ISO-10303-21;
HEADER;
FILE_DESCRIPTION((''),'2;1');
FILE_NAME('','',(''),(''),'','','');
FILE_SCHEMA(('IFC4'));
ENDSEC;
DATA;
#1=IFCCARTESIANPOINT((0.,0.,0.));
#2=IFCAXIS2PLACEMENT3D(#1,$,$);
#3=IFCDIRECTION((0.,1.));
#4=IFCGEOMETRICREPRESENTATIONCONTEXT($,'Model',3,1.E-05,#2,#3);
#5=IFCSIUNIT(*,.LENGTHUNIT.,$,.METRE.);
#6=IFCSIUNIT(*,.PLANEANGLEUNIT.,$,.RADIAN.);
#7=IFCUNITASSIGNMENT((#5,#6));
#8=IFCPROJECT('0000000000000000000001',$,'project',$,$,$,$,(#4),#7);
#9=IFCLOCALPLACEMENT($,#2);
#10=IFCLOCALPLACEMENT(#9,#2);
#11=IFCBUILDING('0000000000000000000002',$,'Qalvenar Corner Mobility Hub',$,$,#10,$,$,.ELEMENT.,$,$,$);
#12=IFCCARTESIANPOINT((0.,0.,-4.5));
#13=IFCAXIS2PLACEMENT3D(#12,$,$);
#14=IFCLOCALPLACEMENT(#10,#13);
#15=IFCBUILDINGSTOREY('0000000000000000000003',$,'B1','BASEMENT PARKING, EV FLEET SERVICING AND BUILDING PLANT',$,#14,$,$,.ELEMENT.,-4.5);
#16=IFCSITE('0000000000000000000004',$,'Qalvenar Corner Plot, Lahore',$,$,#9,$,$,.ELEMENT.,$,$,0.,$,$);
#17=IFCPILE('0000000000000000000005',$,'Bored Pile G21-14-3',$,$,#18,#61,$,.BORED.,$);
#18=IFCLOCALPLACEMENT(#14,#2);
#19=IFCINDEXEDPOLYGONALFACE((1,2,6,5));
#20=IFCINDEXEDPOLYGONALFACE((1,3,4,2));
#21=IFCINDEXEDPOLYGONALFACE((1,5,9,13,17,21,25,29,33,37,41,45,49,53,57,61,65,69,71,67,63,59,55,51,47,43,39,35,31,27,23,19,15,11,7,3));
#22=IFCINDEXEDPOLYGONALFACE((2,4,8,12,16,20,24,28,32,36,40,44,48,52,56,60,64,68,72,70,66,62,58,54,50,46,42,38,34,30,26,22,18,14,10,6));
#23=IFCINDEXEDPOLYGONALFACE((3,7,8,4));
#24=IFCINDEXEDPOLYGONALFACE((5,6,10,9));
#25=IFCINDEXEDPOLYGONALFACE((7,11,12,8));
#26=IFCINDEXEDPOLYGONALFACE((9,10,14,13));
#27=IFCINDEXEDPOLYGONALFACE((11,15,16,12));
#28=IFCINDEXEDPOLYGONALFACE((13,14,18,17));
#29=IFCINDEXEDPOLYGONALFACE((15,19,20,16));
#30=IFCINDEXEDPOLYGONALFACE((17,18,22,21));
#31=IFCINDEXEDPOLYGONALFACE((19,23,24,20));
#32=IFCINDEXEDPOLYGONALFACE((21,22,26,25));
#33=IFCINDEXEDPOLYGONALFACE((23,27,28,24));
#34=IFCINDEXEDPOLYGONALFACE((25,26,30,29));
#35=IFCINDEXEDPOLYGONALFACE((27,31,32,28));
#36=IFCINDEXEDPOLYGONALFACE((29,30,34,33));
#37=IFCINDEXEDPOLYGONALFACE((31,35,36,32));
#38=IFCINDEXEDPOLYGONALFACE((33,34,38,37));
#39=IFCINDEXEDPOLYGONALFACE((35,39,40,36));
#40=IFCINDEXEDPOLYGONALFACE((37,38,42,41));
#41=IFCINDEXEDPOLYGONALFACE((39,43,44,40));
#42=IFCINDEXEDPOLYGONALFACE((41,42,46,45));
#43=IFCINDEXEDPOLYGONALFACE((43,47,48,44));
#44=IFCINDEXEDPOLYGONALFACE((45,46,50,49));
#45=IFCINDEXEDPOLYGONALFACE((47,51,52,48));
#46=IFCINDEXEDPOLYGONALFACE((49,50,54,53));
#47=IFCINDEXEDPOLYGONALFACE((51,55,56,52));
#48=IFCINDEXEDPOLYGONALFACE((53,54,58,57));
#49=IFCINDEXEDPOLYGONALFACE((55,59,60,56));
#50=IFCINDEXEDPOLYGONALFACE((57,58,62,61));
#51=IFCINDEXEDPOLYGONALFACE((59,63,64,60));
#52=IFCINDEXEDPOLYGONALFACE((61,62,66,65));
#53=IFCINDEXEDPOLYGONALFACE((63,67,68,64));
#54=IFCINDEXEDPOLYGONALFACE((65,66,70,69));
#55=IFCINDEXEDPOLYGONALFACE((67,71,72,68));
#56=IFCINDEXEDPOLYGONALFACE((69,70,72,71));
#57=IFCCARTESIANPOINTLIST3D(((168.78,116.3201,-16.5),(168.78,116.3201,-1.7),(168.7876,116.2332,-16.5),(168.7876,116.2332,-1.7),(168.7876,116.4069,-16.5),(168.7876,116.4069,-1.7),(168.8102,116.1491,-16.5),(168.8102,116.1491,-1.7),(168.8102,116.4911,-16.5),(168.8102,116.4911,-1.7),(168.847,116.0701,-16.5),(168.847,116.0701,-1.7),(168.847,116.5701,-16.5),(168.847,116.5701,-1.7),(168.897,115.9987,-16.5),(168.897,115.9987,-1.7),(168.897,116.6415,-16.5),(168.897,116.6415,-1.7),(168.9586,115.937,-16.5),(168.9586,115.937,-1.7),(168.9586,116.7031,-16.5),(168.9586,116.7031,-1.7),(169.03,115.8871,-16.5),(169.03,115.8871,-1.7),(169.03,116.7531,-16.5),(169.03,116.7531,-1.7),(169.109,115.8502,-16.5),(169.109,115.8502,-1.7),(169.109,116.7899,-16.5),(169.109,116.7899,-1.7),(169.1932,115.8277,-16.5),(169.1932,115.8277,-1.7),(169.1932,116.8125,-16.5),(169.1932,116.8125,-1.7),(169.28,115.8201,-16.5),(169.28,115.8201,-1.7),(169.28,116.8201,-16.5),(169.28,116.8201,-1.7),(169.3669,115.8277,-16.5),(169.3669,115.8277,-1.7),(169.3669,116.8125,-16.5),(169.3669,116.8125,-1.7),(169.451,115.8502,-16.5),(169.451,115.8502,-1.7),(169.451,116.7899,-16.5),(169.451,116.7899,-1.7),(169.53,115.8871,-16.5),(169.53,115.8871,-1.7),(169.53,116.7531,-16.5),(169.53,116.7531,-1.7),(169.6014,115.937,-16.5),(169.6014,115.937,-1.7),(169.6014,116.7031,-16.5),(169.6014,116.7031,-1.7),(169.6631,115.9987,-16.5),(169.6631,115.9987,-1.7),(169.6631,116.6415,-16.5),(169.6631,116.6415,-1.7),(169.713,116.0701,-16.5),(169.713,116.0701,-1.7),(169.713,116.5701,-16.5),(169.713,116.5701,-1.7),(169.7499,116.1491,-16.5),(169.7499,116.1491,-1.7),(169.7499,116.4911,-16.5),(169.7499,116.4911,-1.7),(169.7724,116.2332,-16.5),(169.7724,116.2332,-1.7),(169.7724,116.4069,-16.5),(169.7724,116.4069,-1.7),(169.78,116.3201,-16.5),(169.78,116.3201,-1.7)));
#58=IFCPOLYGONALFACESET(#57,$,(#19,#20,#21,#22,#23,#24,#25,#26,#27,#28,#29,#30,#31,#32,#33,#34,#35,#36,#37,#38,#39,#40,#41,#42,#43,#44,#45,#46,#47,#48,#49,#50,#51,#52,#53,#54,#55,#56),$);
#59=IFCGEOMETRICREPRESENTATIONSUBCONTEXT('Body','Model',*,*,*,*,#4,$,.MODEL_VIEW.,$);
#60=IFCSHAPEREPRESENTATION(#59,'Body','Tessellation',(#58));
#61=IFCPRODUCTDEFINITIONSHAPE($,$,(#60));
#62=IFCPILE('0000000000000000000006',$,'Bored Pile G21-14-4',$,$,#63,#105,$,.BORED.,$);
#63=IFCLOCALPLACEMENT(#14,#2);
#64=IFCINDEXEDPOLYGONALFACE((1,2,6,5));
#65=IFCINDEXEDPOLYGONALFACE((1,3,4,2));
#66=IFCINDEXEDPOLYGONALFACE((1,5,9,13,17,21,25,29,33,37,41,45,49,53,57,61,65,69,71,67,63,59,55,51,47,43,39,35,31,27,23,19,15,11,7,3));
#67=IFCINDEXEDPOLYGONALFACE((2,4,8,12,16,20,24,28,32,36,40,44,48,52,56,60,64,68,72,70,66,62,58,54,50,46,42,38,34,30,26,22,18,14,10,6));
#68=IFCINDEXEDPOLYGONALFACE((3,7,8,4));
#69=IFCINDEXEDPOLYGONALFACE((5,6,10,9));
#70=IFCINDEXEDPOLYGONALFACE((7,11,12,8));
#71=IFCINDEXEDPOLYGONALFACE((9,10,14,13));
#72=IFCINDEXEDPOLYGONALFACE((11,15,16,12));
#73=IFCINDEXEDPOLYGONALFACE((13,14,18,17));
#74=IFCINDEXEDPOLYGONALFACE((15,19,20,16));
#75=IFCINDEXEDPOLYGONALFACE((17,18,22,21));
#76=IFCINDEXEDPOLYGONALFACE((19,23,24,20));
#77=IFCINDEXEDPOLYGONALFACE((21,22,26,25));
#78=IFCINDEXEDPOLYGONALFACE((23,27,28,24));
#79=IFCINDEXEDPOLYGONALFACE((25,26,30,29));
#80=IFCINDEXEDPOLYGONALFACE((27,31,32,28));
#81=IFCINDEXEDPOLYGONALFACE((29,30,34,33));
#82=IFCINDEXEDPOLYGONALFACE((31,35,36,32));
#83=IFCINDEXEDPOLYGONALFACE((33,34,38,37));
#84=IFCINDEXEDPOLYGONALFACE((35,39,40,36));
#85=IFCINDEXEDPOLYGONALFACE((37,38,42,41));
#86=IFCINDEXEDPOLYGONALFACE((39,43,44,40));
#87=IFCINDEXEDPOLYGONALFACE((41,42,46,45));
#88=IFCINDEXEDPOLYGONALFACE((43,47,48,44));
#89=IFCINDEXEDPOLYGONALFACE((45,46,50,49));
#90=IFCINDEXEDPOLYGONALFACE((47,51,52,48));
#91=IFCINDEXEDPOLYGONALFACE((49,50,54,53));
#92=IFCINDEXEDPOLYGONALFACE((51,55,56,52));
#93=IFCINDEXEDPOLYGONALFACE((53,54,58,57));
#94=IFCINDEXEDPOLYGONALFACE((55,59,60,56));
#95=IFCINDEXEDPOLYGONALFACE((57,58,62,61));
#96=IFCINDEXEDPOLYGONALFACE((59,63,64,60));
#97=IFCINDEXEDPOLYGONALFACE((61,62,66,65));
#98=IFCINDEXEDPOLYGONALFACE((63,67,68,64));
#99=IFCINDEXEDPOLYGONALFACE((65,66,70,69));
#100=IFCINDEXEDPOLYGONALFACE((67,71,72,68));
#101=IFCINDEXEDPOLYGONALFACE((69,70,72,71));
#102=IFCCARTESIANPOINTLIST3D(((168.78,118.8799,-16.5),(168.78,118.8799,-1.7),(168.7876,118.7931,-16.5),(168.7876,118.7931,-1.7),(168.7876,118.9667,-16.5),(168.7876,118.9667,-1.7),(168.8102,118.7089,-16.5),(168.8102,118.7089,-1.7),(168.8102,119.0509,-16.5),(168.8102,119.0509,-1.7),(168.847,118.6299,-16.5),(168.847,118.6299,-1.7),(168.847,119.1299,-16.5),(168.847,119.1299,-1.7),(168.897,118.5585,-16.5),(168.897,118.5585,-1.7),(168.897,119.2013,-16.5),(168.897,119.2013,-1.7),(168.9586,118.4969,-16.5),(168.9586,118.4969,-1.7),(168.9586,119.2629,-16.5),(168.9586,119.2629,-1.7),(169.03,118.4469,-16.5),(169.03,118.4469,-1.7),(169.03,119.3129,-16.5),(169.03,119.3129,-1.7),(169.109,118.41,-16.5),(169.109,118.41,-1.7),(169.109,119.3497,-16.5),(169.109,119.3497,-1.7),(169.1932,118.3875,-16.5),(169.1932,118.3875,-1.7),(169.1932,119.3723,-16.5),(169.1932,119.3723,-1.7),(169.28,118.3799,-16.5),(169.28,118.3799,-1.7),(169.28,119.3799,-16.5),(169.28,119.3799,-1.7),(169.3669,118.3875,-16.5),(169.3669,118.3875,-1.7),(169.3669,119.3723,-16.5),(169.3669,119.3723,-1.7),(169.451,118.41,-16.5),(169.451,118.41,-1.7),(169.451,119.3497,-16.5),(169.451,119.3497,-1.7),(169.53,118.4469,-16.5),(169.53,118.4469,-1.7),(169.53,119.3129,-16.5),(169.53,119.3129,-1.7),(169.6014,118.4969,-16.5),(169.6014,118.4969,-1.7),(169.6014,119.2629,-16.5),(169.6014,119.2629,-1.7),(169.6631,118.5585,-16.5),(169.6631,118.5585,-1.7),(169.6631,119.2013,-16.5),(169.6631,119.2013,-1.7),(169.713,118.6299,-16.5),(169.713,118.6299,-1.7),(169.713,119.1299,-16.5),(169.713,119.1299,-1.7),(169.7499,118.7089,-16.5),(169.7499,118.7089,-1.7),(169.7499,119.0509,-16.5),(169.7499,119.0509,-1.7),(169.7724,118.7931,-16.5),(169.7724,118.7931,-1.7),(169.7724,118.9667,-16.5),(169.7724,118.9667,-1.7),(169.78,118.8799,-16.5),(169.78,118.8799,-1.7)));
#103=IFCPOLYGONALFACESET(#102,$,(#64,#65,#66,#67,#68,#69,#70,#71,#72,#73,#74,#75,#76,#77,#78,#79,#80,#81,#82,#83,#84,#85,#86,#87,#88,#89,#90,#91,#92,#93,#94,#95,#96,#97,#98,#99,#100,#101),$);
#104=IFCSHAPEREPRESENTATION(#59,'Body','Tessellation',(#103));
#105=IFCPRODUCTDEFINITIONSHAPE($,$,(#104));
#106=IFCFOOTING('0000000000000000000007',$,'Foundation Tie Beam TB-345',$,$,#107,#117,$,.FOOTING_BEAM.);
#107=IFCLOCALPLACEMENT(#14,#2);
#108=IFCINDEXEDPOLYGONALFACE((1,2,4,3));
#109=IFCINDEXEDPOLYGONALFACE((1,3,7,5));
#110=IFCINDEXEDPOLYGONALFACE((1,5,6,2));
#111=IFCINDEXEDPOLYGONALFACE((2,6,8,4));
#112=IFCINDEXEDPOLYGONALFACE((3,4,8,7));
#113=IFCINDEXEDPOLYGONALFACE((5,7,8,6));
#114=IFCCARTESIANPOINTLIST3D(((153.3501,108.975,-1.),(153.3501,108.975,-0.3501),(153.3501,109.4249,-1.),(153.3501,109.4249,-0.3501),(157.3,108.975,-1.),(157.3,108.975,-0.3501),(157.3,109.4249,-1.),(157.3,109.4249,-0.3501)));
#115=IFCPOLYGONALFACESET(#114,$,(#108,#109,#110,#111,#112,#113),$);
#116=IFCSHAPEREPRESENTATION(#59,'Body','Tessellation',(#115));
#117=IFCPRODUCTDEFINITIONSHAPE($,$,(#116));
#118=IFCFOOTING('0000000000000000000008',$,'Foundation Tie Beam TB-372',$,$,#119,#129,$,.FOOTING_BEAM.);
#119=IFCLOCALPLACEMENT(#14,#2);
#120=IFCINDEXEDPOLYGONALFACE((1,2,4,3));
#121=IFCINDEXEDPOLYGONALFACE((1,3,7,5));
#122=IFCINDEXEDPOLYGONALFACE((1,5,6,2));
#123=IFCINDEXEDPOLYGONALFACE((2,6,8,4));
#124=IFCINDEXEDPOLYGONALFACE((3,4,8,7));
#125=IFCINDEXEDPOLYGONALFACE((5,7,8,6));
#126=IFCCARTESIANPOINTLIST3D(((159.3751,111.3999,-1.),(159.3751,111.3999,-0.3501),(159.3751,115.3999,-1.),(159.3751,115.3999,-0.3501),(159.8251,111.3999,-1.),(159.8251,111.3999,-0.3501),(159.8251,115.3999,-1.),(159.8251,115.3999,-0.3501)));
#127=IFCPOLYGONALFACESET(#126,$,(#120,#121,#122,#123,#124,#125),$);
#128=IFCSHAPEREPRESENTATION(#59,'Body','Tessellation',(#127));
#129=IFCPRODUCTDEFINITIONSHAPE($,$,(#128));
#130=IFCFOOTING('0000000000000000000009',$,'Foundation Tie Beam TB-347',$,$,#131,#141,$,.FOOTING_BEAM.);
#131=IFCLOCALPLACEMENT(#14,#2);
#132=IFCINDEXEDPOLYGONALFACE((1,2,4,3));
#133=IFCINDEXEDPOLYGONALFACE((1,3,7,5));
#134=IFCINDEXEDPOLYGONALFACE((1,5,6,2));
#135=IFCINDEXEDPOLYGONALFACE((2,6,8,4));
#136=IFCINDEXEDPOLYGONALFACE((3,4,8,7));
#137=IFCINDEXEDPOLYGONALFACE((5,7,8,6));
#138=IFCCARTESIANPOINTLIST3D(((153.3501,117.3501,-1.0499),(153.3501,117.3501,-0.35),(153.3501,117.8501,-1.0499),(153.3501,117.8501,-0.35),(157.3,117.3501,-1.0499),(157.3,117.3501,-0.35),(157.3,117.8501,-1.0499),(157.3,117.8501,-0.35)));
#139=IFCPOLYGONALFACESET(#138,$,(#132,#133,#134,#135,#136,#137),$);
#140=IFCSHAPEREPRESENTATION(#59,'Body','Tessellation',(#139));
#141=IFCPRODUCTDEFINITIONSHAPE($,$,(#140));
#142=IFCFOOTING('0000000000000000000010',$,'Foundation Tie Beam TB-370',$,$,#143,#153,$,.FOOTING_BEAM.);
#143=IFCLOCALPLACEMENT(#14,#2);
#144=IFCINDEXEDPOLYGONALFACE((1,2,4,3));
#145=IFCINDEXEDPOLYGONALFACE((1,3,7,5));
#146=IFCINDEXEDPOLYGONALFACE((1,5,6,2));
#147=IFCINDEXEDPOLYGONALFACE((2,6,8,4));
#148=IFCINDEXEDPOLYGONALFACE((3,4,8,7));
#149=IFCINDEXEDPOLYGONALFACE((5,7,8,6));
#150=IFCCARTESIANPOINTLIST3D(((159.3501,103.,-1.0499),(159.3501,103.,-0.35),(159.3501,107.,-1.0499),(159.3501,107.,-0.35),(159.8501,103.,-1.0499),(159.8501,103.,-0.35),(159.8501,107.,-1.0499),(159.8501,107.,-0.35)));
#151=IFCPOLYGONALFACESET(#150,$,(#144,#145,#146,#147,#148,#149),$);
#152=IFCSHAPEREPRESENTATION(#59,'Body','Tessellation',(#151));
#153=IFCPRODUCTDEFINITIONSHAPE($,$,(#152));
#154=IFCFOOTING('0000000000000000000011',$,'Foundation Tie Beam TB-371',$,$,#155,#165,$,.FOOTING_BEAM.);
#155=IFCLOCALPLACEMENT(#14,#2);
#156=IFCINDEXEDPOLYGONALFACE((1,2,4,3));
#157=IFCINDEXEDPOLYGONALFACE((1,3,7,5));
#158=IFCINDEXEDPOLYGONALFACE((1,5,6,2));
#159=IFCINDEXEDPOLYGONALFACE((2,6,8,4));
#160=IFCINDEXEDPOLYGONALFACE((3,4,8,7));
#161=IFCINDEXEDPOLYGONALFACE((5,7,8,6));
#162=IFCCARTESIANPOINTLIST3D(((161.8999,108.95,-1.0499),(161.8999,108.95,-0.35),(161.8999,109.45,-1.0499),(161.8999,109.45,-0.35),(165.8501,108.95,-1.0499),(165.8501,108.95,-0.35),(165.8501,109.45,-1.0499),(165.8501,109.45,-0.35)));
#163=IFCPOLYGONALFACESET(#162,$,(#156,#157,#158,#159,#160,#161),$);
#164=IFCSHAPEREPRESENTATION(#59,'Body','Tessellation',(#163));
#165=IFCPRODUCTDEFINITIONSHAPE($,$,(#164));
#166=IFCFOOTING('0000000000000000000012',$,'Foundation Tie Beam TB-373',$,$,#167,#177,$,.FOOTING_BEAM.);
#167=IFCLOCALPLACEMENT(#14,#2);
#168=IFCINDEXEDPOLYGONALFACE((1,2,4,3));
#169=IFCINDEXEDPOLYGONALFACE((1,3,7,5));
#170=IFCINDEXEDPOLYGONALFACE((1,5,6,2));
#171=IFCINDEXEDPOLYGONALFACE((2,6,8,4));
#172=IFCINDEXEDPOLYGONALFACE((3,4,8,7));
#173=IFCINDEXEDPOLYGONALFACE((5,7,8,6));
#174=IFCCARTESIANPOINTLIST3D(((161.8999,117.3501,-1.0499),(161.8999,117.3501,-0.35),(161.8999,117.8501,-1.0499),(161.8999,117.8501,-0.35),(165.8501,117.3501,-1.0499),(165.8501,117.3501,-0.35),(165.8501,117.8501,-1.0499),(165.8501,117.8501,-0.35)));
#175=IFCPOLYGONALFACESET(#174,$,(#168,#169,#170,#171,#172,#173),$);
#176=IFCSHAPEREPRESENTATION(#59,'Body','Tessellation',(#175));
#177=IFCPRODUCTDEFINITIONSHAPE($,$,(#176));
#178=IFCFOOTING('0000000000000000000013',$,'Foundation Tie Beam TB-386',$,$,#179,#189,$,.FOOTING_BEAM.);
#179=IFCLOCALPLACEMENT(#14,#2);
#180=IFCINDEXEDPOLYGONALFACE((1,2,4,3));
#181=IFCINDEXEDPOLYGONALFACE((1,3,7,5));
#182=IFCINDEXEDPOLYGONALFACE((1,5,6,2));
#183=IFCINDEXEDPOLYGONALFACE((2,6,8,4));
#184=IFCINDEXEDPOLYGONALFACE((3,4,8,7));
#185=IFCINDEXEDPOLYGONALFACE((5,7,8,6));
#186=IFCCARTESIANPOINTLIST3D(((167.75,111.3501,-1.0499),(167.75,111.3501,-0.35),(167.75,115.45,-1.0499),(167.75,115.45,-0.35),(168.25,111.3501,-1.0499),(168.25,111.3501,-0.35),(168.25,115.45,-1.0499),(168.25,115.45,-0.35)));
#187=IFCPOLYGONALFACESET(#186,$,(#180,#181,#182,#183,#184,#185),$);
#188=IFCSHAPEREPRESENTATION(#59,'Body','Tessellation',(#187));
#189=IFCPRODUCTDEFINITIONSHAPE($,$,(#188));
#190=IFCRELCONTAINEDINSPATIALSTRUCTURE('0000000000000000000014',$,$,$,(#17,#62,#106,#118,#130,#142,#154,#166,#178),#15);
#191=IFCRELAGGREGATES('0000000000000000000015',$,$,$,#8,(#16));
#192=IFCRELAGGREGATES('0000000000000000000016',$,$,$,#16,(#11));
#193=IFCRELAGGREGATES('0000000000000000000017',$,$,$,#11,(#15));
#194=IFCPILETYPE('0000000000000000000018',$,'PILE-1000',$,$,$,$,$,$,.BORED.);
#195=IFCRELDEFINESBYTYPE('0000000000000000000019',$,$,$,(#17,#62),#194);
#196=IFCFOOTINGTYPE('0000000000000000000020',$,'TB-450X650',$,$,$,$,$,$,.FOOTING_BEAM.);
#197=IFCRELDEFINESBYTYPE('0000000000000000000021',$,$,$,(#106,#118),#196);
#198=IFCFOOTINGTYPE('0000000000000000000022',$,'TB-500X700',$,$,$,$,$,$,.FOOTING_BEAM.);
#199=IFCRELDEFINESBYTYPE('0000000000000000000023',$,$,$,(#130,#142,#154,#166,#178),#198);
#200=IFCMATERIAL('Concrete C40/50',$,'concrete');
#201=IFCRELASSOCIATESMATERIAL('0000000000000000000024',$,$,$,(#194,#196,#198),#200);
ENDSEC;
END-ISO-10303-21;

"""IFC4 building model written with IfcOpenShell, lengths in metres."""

from ifc_helpers import new_model, si_unit, direction, frame, origin, origin_2d, place, context, subcontext, project, spatial, rectangle, circle, extrude, material, material_profile, profile_set, type_object, element, save


model = new_model("IFC4")

# Units and contexts
model_context = context("Model", 3, precision=1e-05, world=origin(), true_north=direction((0.0, 1.0)))
body_context = subcontext(model_context, "Body", "Model", "MODEL_VIEW")
ifc_project = project(units=[si_unit("LENGTHUNIT", "METRE"), si_unit("PLANEANGLEUNIT", "RADIAN")], contexts=[model_context])

# Site, building, storey
site_placement = place(None, origin())
site = spatial("IfcSite", under=ifc_project, at=site_placement, Name="Qalvenar Corner Plot, Lahore", CompositionType="ELEMENT", RefElevation=0.0)
building_placement = place(site_placement, origin())
building = spatial("IfcBuilding", under=site, at=building_placement, Name="Qalvenar Corner Mobility Hub", CompositionType="ELEMENT")
storey_placement = place(building_placement, frame((0.0, 0.0, -4.5)))
storey = spatial("IfcBuildingStorey", under=building, at=storey_placement, Name="B1", Description="BASEMENT PARKING, EV FLEET SERVICING AND BUILDING PLANT", CompositionType="ELEMENT", Elevation=-4.5)

# Shared definitions
ifc_material_1 = material(Name="Concrete C40/50", Category="concrete")

# Piles
ifc_material_profile_1 = material_profile(ifc_material_1, circle(Radius=0.5, at=origin_2d()), Name="DIA1000")
ifc_profile_set_1 = profile_set([ifc_material_profile_1], Name="Concrete C40/50")
pile_type = type_object("IfcPileType", Name="PILE-1000", PredefinedType="BORED", material=ifc_profile_set_1)
for number, where, z_axis, x_axis, name in (
    (1, (169.28, 116.3201, -1.7), (0.0, 0.0, -1.0), (1.0, 0.0, 0.0), "Bored Pile G21-14-3"),
    (2, (169.28, 118.8799, -1.7), (0.0, 0.0, -1.0), (1.0, 0.0, 0.0), "Bored Pile G21-14-4"),
):
    element("IfcPile", number, at=place(storey_placement, frame(where, z_axis=z_axis, x_axis=x_axis)), inside=storey, type_object=pile_type, Name=name, PredefinedType="BORED", context=body_context, shape_type="SweptSolid", body=[
        extrude(circle(Radius=0.5, at=origin_2d()), origin(), (0.0, 0.0, 1.0), 14.8),
    ])

# Footings
ifc_material_profile_2 = material_profile(ifc_material_1, rectangle(XDim=0.45, YDim=0.6499, at=origin_2d()), Name="RC450x650")
ifc_profile_set_2 = profile_set([ifc_material_profile_2], Name="Concrete C40/50")
footing_type_1 = type_object("IfcFootingType", Name="TB-450X650", PredefinedType="FOOTING_BEAM", material=ifc_profile_set_2)
footing_1_placement = place(storey_placement, frame((153.3501, 109.2, -0.675), z_axis=(1.0, 0.0, 0.0), x_axis=(0.0, 1.0, 0.0)))
element("IfcFooting", 3, at=footing_1_placement, inside=storey, type_object=footing_type_1, Name="Foundation Tie Beam TB-345", PredefinedType="FOOTING_BEAM", context=body_context, shape_type="SweptSolid", body=[
    extrude(rectangle(XDim=0.45, YDim=0.6499, at=origin_2d()), origin(), (0.0, 0.0, 1.0), 3.95),
])
footing_2_placement = place(storey_placement, frame((159.6001, 111.3999, -0.675), z_axis=(0.0, 1.0, 0.0), x_axis=(-1.0, 0.0, 0.0)))
element("IfcFooting", 4, at=footing_2_placement, inside=storey, type_object=footing_type_1, Name="Foundation Tie Beam TB-372", PredefinedType="FOOTING_BEAM", context=body_context, shape_type="SweptSolid", body=[
    extrude(rectangle(XDim=0.45, YDim=0.6499, at=origin_2d()), origin(), (0.0, 0.0, 1.0), 4.0),
])
ifc_material_profile_3 = material_profile(ifc_material_1, rectangle(XDim=0.5, YDim=0.7, at=origin_2d()), Name="RC500x700")
ifc_profile_set_3 = profile_set([ifc_material_profile_3], Name="Concrete C40/50")
footing_type_2 = type_object("IfcFootingType", Name="TB-500X700", PredefinedType="FOOTING_BEAM", material=ifc_profile_set_3)
footing_3_placement = place(storey_placement, frame((153.3501, 117.6001, -0.7), z_axis=(1.0, 0.0, 0.0), x_axis=(0.0, 1.0, 0.0)))
element("IfcFooting", 5, at=footing_3_placement, inside=storey, type_object=footing_type_2, Name="Foundation Tie Beam TB-347", PredefinedType="FOOTING_BEAM", context=body_context, shape_type="SweptSolid", body=[
    extrude(rectangle(XDim=0.5, YDim=0.7, at=origin_2d()), origin(), (0.0, 0.0, 1.0), 3.95),
])
footing_4_placement = place(storey_placement, frame((159.6001, 103.0, -0.7), z_axis=(0.0, 1.0, 0.0), x_axis=(-1.0, 0.0, 0.0)))
element("IfcFooting", 6, at=footing_4_placement, inside=storey, type_object=footing_type_2, Name="Foundation Tie Beam TB-370", PredefinedType="FOOTING_BEAM", context=body_context, shape_type="SweptSolid", body=[
    extrude(rectangle(XDim=0.5, YDim=0.7, at=origin_2d()), origin(), (0.0, 0.0, 1.0), 4.0),
])
for number, where, z_axis, x_axis, name in (
    (7, (161.8999, 109.2, -0.7), (1.0, 0.0, 0.0), (0.0, 1.0, 0.0), "Foundation Tie Beam TB-371"),
    (8, (161.8999, 117.6001, -0.7), (1.0, 0.0, 0.0), (0.0, 1.0, 0.0), "Foundation Tie Beam TB-373"),
):
    element("IfcFooting", number, at=place(storey_placement, frame(where, z_axis=z_axis, x_axis=x_axis)), inside=storey, type_object=footing_type_2, Name=name, PredefinedType="FOOTING_BEAM", context=body_context, shape_type="SweptSolid", body=[
        extrude(rectangle(XDim=0.5, YDim=0.7, at=origin_2d()), origin(), (0.0, 0.0, 1.0), 3.9502),
    ])
footing_5_placement = place(storey_placement, frame((168.0, 111.3501, -0.7), z_axis=(0.0, 1.0, 0.0), x_axis=(-1.0, 0.0, 0.0)))
element("IfcFooting", 9, at=footing_5_placement, inside=storey, type_object=footing_type_2, Name="Foundation Tie Beam TB-386", PredefinedType="FOOTING_BEAM", context=body_context, shape_type="SweptSolid", body=[
    extrude(rectangle(XDim=0.5, YDim=0.7, at=origin_2d()), origin(), (0.0, 0.0, 1.0), 4.0999),
])

save(model, "model.ifc")
